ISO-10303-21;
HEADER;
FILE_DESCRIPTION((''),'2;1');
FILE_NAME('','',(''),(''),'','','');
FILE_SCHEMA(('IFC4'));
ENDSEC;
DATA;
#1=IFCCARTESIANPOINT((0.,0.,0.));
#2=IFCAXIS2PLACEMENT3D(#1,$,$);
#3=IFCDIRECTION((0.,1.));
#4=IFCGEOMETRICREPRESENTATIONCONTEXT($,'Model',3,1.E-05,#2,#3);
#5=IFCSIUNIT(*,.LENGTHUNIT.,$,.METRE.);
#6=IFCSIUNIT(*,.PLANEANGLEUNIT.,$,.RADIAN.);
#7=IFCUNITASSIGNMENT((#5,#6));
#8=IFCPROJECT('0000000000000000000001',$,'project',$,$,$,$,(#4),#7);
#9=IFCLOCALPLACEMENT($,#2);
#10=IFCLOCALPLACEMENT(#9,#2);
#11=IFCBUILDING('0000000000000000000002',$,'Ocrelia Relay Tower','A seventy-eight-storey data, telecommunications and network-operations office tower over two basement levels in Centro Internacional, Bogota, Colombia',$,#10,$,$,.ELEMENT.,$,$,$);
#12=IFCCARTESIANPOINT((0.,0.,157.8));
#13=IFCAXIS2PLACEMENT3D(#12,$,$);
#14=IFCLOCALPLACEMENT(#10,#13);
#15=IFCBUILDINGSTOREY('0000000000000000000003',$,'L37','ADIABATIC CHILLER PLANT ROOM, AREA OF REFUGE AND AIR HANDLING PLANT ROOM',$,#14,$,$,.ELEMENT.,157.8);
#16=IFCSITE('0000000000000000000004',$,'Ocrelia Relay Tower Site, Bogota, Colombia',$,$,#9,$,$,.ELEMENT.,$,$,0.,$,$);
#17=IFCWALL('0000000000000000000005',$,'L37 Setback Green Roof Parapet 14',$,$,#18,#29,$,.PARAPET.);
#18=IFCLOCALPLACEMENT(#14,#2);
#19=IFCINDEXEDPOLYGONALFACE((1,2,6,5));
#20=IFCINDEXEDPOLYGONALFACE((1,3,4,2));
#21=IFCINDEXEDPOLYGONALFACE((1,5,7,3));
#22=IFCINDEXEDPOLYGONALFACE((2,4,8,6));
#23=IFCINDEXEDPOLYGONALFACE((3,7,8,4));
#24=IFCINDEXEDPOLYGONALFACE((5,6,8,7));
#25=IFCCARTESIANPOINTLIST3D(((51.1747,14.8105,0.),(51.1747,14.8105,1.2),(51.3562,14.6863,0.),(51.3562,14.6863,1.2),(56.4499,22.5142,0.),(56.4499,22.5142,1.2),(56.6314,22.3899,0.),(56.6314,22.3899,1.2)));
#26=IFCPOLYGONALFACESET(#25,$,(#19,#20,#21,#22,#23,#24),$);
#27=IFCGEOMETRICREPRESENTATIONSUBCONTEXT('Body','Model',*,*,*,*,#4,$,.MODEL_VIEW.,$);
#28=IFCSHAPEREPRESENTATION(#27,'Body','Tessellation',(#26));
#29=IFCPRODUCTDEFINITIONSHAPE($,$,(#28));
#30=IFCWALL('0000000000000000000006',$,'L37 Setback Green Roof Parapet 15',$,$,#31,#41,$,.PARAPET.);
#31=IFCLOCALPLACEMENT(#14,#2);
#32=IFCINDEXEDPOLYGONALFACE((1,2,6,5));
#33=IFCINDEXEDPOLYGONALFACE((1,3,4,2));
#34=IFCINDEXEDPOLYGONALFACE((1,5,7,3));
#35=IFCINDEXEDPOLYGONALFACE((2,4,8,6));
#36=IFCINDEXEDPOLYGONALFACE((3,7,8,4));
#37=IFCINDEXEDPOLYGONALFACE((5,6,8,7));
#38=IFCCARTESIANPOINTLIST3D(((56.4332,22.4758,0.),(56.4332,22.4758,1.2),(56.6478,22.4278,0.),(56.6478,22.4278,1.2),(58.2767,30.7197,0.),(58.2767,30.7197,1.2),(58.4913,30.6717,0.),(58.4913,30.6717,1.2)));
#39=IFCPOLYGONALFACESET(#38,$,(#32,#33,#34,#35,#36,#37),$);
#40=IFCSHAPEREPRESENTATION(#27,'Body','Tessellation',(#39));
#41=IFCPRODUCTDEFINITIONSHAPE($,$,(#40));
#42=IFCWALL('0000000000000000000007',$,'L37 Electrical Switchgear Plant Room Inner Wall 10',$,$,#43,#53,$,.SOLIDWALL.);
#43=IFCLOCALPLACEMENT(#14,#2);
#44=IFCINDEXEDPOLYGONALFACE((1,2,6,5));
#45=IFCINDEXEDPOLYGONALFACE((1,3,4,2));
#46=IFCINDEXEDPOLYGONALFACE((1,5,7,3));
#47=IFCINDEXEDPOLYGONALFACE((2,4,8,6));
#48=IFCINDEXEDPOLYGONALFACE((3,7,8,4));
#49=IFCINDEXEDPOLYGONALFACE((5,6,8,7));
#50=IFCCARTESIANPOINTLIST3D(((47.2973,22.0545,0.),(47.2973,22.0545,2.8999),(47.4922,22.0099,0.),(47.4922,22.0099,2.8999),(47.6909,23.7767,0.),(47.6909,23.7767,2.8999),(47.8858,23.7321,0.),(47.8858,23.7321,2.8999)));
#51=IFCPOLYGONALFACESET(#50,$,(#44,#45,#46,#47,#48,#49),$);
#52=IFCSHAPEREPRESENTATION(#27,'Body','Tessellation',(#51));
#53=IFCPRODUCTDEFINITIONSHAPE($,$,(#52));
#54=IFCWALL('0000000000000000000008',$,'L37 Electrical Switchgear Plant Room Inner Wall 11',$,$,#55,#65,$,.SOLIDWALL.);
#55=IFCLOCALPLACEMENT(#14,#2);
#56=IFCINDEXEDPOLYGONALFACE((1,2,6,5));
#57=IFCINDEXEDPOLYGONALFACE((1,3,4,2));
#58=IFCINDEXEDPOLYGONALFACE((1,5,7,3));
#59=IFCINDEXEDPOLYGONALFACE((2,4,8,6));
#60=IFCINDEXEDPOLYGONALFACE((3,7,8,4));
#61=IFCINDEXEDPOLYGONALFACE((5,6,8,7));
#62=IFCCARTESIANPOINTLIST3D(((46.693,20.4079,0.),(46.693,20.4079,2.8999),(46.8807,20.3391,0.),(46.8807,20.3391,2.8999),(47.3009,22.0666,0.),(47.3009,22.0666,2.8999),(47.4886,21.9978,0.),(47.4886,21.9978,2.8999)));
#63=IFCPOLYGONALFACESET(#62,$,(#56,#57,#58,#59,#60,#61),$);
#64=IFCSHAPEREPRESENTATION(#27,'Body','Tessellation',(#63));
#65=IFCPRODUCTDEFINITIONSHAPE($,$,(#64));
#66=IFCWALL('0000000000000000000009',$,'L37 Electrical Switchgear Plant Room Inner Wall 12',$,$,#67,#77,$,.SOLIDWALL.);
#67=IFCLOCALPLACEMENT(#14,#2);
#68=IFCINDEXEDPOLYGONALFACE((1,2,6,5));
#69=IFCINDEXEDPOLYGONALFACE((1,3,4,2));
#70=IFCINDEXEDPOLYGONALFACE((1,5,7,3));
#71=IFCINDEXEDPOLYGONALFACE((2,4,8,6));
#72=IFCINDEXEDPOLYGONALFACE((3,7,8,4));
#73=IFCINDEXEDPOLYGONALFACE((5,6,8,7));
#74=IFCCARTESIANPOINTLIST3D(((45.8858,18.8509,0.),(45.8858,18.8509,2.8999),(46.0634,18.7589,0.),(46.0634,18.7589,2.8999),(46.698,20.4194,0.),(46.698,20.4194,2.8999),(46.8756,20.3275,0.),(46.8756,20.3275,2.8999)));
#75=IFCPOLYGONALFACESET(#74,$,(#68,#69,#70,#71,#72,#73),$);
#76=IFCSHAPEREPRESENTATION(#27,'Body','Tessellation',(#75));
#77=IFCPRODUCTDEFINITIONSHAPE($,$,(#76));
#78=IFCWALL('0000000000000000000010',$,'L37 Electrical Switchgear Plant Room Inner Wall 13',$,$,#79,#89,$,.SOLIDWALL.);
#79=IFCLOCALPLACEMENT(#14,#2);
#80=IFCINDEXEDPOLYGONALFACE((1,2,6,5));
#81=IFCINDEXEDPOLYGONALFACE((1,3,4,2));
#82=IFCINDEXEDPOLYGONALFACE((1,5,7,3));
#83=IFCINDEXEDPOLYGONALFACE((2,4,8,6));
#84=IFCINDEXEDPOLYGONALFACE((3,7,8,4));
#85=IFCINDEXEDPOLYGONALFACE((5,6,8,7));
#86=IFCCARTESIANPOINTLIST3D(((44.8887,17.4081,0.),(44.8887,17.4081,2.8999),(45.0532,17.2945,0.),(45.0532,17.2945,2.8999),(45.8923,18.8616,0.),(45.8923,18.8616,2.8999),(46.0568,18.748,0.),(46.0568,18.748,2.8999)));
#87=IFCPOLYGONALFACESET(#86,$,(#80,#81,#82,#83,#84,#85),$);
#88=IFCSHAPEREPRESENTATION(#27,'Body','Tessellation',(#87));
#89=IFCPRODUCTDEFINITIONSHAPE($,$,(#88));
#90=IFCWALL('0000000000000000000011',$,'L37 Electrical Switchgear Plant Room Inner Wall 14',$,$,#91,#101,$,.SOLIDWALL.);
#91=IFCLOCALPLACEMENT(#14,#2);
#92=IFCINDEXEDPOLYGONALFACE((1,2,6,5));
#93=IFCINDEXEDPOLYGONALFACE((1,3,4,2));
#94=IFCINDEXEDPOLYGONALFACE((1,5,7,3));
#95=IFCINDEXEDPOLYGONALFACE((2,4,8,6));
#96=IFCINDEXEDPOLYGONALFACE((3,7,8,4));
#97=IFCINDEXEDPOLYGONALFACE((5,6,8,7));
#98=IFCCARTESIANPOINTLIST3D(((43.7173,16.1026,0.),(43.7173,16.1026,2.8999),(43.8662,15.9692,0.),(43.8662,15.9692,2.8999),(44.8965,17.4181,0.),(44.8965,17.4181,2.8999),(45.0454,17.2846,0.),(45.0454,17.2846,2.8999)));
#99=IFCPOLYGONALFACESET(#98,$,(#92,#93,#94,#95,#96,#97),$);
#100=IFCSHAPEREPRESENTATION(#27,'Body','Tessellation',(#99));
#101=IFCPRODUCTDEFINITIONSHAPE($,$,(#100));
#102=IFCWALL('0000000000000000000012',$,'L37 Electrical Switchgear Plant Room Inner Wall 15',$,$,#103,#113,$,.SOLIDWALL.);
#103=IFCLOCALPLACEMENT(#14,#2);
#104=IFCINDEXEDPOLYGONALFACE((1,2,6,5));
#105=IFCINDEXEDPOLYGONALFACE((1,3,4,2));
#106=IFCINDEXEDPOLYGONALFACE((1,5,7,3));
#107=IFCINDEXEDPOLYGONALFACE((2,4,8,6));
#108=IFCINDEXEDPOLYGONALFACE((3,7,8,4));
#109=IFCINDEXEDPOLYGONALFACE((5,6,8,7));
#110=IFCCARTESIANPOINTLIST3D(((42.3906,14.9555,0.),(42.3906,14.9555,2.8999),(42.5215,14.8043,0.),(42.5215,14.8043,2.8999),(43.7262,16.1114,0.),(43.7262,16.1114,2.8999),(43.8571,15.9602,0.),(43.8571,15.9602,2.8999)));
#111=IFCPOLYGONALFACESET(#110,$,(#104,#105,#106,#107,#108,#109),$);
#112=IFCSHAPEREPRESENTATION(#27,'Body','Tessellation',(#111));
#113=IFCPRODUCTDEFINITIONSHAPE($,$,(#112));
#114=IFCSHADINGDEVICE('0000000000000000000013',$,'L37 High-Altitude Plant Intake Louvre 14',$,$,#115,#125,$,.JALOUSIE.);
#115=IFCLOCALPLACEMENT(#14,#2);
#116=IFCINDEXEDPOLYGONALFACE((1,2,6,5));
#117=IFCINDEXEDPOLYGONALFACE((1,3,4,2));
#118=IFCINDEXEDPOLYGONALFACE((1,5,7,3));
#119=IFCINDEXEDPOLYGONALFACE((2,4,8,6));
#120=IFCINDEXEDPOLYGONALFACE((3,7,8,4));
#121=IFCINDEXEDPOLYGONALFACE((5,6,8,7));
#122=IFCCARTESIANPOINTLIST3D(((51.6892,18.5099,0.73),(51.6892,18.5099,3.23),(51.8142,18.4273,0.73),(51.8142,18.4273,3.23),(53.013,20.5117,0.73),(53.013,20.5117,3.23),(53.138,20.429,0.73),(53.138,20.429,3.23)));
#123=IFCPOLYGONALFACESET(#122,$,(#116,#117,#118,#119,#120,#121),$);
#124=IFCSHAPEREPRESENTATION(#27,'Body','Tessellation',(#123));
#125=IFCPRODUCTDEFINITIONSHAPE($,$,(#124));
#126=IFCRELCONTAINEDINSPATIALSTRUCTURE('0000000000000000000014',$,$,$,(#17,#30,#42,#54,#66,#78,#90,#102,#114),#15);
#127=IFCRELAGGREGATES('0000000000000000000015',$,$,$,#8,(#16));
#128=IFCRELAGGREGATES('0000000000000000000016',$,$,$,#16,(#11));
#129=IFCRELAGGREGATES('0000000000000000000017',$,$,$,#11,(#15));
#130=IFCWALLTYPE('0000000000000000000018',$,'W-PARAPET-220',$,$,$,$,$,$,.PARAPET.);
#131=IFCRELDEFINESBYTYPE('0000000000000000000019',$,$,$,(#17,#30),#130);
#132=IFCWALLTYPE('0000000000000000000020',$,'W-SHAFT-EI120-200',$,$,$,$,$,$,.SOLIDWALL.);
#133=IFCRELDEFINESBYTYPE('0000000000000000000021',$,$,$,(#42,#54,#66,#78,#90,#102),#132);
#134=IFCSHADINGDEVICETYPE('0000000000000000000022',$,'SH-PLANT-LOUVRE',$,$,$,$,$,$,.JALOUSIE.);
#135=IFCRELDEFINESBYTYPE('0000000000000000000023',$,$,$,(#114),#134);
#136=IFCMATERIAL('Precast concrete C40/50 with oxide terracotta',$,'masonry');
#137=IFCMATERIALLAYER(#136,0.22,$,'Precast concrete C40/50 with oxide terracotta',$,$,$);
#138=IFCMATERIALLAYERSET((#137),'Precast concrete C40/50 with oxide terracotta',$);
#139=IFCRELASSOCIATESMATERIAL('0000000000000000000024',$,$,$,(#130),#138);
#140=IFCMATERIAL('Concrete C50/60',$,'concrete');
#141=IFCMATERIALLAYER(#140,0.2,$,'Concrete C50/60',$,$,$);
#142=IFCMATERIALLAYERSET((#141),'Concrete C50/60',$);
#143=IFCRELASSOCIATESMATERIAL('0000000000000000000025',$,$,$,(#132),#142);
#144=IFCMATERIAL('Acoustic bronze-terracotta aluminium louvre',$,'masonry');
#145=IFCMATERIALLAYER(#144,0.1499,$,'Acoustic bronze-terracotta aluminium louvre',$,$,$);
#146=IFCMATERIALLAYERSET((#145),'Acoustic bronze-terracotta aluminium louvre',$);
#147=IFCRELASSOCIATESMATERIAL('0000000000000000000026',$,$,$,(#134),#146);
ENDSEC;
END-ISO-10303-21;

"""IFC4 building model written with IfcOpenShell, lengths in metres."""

from ifc_helpers import new_model, si_unit, direction, frame, frame_2d, origin, origin_2d, place, context, subcontext, project, spatial, rectangle, extrude, material, layer, layer_set, type_object, element, save


model = new_model("IFC4")

# Units and contexts
model_context = context("Model", 3, precision=1e-05, world=origin(), true_north=direction((0.0, 1.0)))
body_context = subcontext(model_context, "Body", "Model", "MODEL_VIEW")
ifc_project = project(units=[si_unit("LENGTHUNIT", "METRE"), si_unit("PLANEANGLEUNIT", "RADIAN")], contexts=[model_context])

# Site, building, storey
site_placement = place(None, origin())
site = spatial("IfcSite", under=ifc_project, at=site_placement, Name="Ocrelia Relay Tower Site, Bogota, Colombia", CompositionType="ELEMENT", RefElevation=0.0)
building_placement = place(site_placement, origin())
building = spatial("IfcBuilding", under=site, at=building_placement, Name="Ocrelia Relay Tower", Description="A seventy-eight-storey data, telecommunications and network-operations office tower over two basement levels in Centro Internacional, Bogota, Colombia", CompositionType="ELEMENT")
storey_placement = place(building_placement, frame((0.0, 0.0, 157.8)))
storey = spatial("IfcBuildingStorey", under=building, at=storey_placement, Name="L37", Description="ADIABATIC CHILLER PLANT ROOM, AREA OF REFUGE AND AIR HANDLING PLANT ROOM", CompositionType="ELEMENT", Elevation=157.8)

# Walls
ifc_material_1 = material(Name="Precast concrete C40/50 with oxide terracotta", Category="masonry")
ifc_layer_1 = layer(ifc_material_1, 0.22, Name="Precast concrete C40/50 with oxide terracotta")
ifc_layer_set_1 = layer_set([ifc_layer_1], Name="Precast concrete C40/50 with oxide terracotta")
wall_type_1 = type_object("IfcWallType", Name="W-PARAPET-220", PredefinedType="PARAPET", material=ifc_layer_set_1)
wall_1_placement = place(storey_placement, frame((51.2654, 14.7483, 0.0), z_axis=(0.0, 0.0, 1.0), x_axis=(0.564994, 0.825095, 0.0)))
element("IfcWall", 1, at=wall_1_placement, inside=storey, type_object=wall_type_1, Name="L37 Setback Green Roof Parapet 14", PredefinedType="PARAPET", context=body_context, shape_type="SweptSolid", body=[
    extrude(rectangle(XDim=9.3367, YDim=0.22, at=frame_2d((4.6685, 0.0))), origin(), (0.0, 0.0, 1.0), 1.2),
])
wall_2_placement = place(storey_placement, frame((56.5405, 22.4519, 0.0), z_axis=(0.0, 0.0, 1.0), x_axis=(0.218231, 0.975897, 0.0)))
element("IfcWall", 2, at=wall_2_placement, inside=storey, type_object=wall_type_1, Name="L37 Setback Green Roof Parapet 15", PredefinedType="PARAPET", context=body_context, shape_type="SweptSolid", body=[
    extrude(rectangle(XDim=8.4475, YDim=0.22, at=frame_2d((4.2236, 0.0))), origin(), (0.0, 0.0, 1.0), 1.2),
])
ifc_material_2 = material(Name="Concrete C50/60", Category="concrete")
ifc_layer_2 = layer(ifc_material_2, 0.2, Name="Concrete C50/60")
ifc_layer_set_2 = layer_set([ifc_layer_2], Name="Concrete C50/60")
wall_type_2 = type_object("IfcWallType", Name="W-SHAFT-EI120-200", PredefinedType="SOLIDWALL", material=ifc_layer_set_2)
for number, where, z_axis, x_axis, name in (
    (3, (47.7883, 23.7544, 0.0), (0.0, 0.0, 1.0), (-0.22278, -0.974869, 0.0), "L37 Electrical Switchgear Plant Room Inner Wall 10"),
    (4, (47.3948, 22.0322, 0.0), (0.0, 0.0, 1.0), (-0.344117, -0.938927, 0.0), "L37 Electrical Switchgear Plant Room Inner Wall 11"),
):
    element("IfcWall", number, at=place(storey_placement, frame(where, z_axis=z_axis, x_axis=x_axis)), inside=storey, type_object=wall_type_2, Name=name, PredefinedType="SOLIDWALL", context=body_context, shape_type="SweptSolid", body=[
        extrude(rectangle(XDim=1.7666, YDim=0.2, at=frame_2d((0.8833, 0.0))), origin(), (0.0, 0.0, 1.0), 2.8999),
    ])
for number, where, z_axis, x_axis, name in (
    (5, (46.7869, 20.3735, 0.0), (0.0, 0.0, 1.0), (-0.459829, -0.888008, 0.0), "L37 Electrical Switchgear Plant Room Inner Wall 12"),
    (6, (45.9746, 18.8049, 0.0), (0.0, 0.0, 1.0), (-0.568182, -0.822903, 0.0), "L37 Electrical Switchgear Plant Room Inner Wall 13"),
):
    element("IfcWall", number, at=place(storey_placement, frame(where, z_axis=z_axis, x_axis=x_axis)), inside=storey, type_object=wall_type_2, Name=name, PredefinedType="SOLIDWALL", context=body_context, shape_type="SweptSolid", body=[
        extrude(rectangle(XDim=1.7664, YDim=0.2, at=frame_2d((0.8833, 0.0))), origin(), (0.0, 0.0, 1.0), 2.8999),
    ])
wall_3_placement = place(storey_placement, frame((44.9709, 17.3513, 0.0), z_axis=(0.0, 0.0, 1.0), x_axis=(-0.667497, -0.744612, 0.0)))
element("IfcWall", 7, at=wall_3_placement, inside=storey, type_object=wall_type_2, Name="L37 Electrical Switchgear Plant Room Inner Wall 14", PredefinedType="SOLIDWALL", context=body_context, shape_type="SweptSolid", body=[
    extrude(rectangle(XDim=1.7666, YDim=0.2, at=frame_2d((0.8833, 0.0))), origin(), (0.0, 0.0, 1.0), 2.8999),
])
wall_4_placement = place(storey_placement, frame((43.7917, 16.0359, 0.0), z_axis=(0.0, 0.0, 1.0), x_axis=(-0.756136, -0.654415, 0.0)))
element("IfcWall", 8, at=wall_4_placement, inside=storey, type_object=wall_type_2, Name="L37 Electrical Switchgear Plant Room Inner Wall 15", PredefinedType="SOLIDWALL", context=body_context, shape_type="SweptSolid", body=[
    extrude(rectangle(XDim=1.7664, YDim=0.2, at=frame_2d((0.8833, 0.0))), origin(), (0.0, 0.0, 1.0), 2.8999),
])

# Shading device
ifc_material_3 = material(Name="Acoustic bronze-terracotta aluminium louvre", Category="masonry")
ifc_layer_3 = layer(ifc_material_3, 0.1499, Name="Acoustic bronze-terracotta aluminium louvre")
ifc_layer_set_3 = layer_set([ifc_layer_3], Name="Acoustic bronze-terracotta aluminium louvre")
shading_device_type = type_object("IfcShadingDeviceType", Name="SH-PLANT-LOUVRE", PredefinedType="JALOUSIE", material=ifc_layer_set_3)
shading_device_placement = place(storey_placement, frame((52.4136, 19.4695, 0.73), z_axis=(0.0, 0.0, 1.0), x_axis=(0.551605, 0.834105, 0.0)))
element("IfcShadingDevice", 9, at=shading_device_placement, inside=storey, type_object=shading_device_type, Name="L37 High-Altitude Plant Intake Louvre 14", PredefinedType="JALOUSIE", context=body_context, shape_type="SweptSolid", body=[
    extrude(rectangle(XDim=2.3999, YDim=0.1499, at=origin_2d()), origin(), (0.0, 0.0, 1.0), 2.5),
])

save(model, "model.ifc")
